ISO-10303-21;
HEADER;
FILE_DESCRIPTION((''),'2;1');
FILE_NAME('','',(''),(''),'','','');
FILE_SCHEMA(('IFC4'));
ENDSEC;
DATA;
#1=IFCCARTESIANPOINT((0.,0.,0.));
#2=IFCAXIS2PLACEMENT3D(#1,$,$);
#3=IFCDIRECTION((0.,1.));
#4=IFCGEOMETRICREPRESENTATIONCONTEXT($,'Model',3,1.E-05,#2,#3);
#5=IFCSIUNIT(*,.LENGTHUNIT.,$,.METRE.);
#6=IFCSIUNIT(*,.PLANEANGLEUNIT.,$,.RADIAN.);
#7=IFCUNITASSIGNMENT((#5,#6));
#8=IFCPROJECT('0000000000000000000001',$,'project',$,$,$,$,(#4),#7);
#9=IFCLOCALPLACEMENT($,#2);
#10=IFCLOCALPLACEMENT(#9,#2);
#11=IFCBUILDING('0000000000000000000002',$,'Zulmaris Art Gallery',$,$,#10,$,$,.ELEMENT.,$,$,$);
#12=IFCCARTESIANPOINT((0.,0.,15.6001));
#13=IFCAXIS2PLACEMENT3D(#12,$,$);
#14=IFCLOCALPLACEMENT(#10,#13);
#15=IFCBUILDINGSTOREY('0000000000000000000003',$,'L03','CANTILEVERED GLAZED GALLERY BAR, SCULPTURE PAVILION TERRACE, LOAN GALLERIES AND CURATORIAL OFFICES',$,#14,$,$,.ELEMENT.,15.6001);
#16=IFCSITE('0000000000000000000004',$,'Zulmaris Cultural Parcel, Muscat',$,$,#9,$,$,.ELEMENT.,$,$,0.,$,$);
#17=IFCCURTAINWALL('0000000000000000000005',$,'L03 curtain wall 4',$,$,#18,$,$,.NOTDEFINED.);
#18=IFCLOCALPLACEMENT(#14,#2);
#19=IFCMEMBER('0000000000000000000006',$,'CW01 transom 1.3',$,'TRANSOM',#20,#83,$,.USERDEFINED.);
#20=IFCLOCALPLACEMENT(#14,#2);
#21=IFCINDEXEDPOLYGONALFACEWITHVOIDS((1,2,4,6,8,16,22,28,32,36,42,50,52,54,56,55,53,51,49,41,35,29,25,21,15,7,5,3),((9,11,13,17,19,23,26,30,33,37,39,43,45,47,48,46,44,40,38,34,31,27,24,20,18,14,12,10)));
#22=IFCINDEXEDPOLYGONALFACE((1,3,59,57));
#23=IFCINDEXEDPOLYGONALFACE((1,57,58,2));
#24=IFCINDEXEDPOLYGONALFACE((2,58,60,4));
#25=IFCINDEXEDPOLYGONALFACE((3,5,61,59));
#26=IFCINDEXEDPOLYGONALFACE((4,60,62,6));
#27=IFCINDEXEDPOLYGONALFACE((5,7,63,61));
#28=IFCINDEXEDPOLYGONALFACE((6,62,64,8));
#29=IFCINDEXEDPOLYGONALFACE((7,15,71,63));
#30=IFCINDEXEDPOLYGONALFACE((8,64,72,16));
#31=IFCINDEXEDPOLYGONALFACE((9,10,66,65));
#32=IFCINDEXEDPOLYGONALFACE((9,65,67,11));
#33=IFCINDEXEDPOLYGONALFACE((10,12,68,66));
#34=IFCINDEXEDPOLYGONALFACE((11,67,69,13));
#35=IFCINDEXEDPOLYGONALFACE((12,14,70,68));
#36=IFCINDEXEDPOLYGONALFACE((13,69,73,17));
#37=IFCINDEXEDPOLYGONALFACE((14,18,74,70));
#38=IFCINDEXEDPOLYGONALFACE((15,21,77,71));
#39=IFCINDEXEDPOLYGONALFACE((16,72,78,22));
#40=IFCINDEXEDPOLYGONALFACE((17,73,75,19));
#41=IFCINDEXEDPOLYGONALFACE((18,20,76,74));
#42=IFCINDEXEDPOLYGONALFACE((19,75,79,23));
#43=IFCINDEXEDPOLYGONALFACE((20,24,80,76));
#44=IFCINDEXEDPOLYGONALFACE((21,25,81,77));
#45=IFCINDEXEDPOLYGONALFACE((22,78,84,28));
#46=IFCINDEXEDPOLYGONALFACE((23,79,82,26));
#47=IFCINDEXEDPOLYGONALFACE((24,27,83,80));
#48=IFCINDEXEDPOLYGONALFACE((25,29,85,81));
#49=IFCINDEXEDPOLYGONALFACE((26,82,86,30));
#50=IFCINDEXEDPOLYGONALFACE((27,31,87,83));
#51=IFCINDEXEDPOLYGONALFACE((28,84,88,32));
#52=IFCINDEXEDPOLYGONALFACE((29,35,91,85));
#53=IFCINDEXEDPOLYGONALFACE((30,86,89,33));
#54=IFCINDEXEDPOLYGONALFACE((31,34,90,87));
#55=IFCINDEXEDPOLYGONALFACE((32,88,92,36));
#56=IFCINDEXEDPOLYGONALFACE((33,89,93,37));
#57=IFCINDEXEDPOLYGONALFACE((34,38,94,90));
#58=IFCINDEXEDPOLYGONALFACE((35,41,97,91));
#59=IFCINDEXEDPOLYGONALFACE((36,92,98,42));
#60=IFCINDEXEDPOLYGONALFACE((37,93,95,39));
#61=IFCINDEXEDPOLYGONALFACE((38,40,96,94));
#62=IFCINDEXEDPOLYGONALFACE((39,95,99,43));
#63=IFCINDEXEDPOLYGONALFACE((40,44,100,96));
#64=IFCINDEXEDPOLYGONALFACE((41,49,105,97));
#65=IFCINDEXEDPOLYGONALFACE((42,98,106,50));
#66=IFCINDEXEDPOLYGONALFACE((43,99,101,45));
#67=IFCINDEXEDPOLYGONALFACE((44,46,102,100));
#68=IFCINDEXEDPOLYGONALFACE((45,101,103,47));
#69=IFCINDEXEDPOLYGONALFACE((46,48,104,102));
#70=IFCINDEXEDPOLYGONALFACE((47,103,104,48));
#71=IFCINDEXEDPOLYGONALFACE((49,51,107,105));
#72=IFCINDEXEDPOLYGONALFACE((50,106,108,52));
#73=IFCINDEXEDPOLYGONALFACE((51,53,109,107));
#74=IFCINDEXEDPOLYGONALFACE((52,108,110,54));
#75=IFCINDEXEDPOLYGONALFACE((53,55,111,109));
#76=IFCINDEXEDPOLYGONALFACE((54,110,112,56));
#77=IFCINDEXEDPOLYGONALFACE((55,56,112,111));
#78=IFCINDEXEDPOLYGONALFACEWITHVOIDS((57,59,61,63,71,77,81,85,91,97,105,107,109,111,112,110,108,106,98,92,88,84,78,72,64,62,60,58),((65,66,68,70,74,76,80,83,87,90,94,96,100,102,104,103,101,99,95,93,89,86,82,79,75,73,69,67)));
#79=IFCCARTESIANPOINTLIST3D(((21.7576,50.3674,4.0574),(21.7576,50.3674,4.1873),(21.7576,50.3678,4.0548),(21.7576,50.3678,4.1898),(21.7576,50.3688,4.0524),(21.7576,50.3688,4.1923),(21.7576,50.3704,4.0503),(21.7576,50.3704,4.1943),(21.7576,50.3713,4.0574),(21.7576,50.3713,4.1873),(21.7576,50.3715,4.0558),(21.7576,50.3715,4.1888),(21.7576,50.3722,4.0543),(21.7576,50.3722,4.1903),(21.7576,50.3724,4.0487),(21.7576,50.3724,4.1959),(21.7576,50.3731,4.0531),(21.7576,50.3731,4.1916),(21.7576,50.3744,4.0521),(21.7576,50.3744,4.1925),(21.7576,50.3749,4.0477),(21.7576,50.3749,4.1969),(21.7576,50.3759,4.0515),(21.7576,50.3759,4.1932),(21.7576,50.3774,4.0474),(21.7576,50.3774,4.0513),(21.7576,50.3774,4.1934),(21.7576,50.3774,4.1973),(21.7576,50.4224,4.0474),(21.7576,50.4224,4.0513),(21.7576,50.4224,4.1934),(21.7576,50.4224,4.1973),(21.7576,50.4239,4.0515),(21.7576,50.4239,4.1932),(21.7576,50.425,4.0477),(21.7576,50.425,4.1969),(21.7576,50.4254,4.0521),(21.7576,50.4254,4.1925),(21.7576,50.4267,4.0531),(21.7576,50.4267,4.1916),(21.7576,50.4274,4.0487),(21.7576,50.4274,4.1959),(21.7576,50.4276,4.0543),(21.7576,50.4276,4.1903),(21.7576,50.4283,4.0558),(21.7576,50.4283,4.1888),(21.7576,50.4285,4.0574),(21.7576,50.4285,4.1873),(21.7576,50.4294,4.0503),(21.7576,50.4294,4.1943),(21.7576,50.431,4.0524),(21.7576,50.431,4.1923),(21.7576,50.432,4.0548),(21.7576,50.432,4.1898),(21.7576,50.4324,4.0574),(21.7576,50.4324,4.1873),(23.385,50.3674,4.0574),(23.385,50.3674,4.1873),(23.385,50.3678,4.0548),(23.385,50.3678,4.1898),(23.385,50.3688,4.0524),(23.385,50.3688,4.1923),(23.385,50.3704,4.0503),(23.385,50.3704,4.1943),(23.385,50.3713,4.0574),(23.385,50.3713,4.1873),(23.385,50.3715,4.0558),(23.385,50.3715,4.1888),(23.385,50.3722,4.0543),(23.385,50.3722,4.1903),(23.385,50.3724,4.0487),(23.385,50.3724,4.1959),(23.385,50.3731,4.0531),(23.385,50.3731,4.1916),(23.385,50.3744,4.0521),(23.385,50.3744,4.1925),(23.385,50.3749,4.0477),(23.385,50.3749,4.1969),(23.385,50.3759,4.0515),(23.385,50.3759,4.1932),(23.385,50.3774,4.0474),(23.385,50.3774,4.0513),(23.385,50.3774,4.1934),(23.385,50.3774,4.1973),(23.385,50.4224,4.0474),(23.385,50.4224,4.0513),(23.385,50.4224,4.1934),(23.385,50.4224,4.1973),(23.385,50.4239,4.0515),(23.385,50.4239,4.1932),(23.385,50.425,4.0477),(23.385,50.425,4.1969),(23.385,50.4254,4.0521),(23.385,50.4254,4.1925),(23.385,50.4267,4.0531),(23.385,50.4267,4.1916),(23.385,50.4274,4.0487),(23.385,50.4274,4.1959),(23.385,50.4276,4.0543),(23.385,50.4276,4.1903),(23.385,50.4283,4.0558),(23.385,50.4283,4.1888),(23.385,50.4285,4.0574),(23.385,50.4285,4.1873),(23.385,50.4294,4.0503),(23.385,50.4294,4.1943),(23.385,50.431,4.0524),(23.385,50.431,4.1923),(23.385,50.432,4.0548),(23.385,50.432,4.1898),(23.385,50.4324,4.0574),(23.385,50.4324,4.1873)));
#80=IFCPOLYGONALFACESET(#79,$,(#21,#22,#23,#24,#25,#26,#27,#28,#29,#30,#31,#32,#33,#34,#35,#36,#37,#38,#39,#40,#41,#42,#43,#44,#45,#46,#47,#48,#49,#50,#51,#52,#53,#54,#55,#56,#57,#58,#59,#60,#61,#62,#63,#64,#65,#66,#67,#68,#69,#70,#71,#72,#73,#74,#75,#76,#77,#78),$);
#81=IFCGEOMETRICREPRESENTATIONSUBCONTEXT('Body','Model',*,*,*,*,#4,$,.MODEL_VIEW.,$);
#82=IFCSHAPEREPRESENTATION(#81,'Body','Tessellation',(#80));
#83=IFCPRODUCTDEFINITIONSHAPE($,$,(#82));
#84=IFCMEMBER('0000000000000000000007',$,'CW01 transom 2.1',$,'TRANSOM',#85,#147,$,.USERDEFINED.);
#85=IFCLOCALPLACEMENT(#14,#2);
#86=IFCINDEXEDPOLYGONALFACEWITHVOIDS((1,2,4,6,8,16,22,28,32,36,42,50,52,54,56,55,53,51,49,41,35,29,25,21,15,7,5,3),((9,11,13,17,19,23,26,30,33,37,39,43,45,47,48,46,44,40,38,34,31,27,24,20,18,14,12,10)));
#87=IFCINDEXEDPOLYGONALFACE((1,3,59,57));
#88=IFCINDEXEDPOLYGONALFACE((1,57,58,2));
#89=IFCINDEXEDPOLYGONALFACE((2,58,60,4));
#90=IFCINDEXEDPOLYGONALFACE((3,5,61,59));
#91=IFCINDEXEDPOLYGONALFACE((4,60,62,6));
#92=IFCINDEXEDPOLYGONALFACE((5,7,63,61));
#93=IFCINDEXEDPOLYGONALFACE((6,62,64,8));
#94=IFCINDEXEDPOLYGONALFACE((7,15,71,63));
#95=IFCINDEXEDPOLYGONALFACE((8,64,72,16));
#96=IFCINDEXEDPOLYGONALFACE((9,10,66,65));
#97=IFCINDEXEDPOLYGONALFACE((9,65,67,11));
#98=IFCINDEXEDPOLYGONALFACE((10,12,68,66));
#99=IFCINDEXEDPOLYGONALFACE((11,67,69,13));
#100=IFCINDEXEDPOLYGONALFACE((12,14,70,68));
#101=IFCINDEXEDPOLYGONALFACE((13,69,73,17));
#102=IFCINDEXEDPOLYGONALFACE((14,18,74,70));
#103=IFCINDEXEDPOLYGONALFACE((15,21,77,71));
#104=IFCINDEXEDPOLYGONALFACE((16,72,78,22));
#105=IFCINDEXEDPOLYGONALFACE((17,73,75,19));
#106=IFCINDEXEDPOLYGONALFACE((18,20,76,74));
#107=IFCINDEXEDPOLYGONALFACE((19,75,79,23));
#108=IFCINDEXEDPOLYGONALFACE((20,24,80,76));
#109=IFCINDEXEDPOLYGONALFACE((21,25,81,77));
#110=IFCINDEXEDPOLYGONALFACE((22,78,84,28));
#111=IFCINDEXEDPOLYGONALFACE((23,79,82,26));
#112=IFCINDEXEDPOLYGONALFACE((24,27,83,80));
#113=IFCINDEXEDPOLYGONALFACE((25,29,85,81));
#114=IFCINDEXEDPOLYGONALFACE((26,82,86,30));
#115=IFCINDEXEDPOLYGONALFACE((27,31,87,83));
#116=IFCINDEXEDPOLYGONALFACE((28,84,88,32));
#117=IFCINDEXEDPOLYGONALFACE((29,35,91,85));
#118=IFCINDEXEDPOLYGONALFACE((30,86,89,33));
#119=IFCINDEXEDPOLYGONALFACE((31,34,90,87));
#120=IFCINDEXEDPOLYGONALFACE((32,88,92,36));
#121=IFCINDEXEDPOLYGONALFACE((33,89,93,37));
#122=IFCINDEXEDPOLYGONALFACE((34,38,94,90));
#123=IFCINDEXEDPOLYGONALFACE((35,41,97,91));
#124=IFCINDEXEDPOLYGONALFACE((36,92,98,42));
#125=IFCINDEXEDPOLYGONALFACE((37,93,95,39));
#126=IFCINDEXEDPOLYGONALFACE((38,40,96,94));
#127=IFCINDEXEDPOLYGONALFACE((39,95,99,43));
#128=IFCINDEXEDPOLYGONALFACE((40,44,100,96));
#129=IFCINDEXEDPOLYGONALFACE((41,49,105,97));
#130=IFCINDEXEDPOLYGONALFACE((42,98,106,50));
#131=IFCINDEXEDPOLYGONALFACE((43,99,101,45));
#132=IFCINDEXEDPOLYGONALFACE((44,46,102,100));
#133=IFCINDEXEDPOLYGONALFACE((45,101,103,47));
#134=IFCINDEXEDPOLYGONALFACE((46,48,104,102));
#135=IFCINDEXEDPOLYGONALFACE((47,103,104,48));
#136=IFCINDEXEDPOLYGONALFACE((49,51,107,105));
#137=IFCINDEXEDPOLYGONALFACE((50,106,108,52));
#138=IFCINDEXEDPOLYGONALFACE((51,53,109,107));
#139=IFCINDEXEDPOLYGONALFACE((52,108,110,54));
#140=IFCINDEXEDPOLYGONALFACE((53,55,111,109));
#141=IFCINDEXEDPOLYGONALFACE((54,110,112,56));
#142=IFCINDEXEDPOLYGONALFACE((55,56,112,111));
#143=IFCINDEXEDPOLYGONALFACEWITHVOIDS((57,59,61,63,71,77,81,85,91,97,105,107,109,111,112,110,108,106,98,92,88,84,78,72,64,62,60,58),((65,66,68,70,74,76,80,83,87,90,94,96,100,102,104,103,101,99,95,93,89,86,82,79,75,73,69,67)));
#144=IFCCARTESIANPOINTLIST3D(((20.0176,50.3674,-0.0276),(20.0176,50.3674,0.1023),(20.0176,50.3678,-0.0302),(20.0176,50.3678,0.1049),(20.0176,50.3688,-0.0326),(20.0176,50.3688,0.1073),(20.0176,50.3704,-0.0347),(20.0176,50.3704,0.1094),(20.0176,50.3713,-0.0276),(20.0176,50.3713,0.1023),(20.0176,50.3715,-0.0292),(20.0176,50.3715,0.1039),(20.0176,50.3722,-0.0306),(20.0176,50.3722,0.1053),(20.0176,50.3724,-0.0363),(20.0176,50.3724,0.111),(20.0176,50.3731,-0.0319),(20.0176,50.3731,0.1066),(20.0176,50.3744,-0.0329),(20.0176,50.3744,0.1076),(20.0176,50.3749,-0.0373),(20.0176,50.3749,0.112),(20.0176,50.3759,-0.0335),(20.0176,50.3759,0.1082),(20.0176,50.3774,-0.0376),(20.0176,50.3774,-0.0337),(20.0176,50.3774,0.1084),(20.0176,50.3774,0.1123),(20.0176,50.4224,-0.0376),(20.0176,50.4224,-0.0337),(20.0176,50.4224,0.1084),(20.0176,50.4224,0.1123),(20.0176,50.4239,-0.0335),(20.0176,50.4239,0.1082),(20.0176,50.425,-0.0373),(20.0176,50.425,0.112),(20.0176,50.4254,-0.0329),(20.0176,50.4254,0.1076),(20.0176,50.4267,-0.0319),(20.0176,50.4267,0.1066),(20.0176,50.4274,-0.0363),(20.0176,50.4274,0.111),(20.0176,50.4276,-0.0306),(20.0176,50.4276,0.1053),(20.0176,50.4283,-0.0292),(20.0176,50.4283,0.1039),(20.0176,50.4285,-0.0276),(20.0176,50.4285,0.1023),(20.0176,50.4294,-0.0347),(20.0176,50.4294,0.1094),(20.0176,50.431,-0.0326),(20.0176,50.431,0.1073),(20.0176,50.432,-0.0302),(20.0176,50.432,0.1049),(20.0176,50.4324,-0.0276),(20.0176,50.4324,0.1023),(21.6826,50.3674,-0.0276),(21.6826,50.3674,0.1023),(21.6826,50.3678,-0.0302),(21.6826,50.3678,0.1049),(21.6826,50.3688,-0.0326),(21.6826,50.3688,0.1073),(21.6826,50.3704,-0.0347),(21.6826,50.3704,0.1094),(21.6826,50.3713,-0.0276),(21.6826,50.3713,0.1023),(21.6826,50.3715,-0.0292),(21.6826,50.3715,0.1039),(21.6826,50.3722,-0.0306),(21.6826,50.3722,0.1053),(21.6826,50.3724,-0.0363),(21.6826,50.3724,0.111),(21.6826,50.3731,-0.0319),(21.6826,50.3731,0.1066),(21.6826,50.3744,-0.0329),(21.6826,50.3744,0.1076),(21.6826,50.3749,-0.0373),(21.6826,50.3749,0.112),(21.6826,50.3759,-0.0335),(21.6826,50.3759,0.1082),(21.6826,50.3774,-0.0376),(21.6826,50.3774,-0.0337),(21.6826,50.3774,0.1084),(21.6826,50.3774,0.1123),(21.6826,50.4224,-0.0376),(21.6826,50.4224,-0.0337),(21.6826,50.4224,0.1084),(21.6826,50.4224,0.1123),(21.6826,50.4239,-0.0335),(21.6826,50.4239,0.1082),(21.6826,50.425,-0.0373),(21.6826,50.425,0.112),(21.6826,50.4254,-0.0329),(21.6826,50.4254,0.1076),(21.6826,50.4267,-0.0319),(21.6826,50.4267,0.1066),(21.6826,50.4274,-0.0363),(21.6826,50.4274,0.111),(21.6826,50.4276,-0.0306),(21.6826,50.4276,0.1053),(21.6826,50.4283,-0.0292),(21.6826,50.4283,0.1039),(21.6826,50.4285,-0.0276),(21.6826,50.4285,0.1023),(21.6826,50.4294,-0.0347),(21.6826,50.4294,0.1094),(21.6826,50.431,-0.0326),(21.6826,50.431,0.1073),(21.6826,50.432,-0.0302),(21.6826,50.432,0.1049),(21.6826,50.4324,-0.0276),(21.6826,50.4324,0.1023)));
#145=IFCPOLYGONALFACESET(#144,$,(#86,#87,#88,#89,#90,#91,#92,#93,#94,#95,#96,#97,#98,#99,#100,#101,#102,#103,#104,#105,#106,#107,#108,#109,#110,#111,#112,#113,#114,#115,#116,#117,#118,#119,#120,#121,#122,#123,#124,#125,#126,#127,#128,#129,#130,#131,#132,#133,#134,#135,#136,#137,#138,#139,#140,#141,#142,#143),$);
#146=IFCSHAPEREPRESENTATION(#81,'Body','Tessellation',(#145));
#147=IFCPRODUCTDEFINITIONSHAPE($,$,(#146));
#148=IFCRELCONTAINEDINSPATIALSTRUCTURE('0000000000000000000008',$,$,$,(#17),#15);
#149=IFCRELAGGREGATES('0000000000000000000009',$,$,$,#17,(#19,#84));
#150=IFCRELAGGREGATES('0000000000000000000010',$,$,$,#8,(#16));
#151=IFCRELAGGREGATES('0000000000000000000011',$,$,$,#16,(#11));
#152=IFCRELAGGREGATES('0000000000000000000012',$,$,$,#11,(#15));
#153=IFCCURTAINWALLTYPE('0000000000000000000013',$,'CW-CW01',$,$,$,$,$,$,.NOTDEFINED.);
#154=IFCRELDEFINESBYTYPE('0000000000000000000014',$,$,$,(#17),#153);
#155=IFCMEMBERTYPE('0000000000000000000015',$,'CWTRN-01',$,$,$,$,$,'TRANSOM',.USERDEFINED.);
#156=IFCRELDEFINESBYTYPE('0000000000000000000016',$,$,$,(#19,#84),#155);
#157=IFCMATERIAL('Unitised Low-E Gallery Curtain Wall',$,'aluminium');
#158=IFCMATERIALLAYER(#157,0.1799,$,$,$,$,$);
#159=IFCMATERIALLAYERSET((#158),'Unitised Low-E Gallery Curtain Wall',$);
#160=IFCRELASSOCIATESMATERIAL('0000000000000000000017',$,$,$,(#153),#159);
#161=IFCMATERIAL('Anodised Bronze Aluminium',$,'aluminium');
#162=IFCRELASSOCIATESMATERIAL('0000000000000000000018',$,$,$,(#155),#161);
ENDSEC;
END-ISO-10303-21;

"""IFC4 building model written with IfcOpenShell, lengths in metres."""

from ifc_helpers import new_model, si_unit, direction, frame, origin, origin_2d, place, context, subcontext, project, spatial, hollow_rectangle, extrude, material, layer, layer_set, material_profile, profile_set, type_object, element, aggregate, save


model = new_model("IFC4")

# Units and contexts
model_context = context("Model", 3, precision=1e-05, world=origin(), true_north=direction((0.0, 1.0)))
body_context = subcontext(model_context, "Body", "Model", "MODEL_VIEW")
ifc_project = project(units=[si_unit("LENGTHUNIT", "METRE"), si_unit("PLANEANGLEUNIT", "RADIAN")], contexts=[model_context])

# Site, building, storey
site_placement = place(None, origin())
site = spatial("IfcSite", under=ifc_project, at=site_placement, Name="Zulmaris Cultural Parcel, Muscat", CompositionType="ELEMENT", RefElevation=0.0)
building_placement = place(site_placement, origin())
building = spatial("IfcBuilding", under=site, at=building_placement, Name="Zulmaris Art Gallery", CompositionType="ELEMENT")
storey_placement = place(building_placement, frame((0.0, 0.0, 15.6001)))
storey = spatial("IfcBuildingStorey", under=building, at=storey_placement, Name="L03", Description="CANTILEVERED GLAZED GALLERY BAR, SCULPTURE PAVILION TERRACE, LOAN GALLERIES AND CURATORIAL OFFICES", CompositionType="ELEMENT", Elevation=15.6001)

# Curtain wall
ifc_material_1 = material(Name="Unitised Low-E Gallery Curtain Wall", Category="aluminium")
ifc_layer_1 = layer(ifc_material_1, 0.1799)
ifc_layer_set_1 = layer_set([ifc_layer_1], Name="Unitised Low-E Gallery Curtain Wall")
curtain_wall_type = type_object("IfcCurtainWallType", Name="CW-CW01", PredefinedType="NOTDEFINED", material=ifc_layer_set_1)
curtain_wall_1_placement = place(storey_placement, origin())
curtain_wall_1 = element("IfcCurtainWall", 1, at=curtain_wall_1_placement, inside=storey, type_object=curtain_wall_type, Name="L03 curtain wall 4", PredefinedType="NOTDEFINED")
ifc_material_2 = material(Name="Anodised Bronze Aluminium", Category="aluminium")

# Members
ifc_material_profile_1 = material_profile(ifc_material_2, hollow_rectangle(XDim=0.0649, YDim=0.1499, WallThickness=0.0039, InnerFilletRadius=0.0061, OuterFilletRadius=0.01, at=origin_2d()), Name="ALU 65x150x4")
ifc_profile_set_1 = profile_set([ifc_material_profile_1], Name="Anodised Bronze Aluminium")
member_type_1 = type_object("IfcMemberType", Name="CWTRN-01", ElementType="TRANSOM", PredefinedType="USERDEFINED", material=ifc_profile_set_1)
member_1_placement = place(storey_placement, frame((23.385, 50.3999, 4.1223), z_axis=(-1.0, 0.0, 0.0), x_axis=(0.0, -1.0, 0.0)))
member_1 = element("IfcMember", 2, at=member_1_placement, type_object=member_type_1, Name="CW01 transom 1.3", ObjectType="TRANSOM", PredefinedType="USERDEFINED", context=body_context, shape_type="SweptSolid", body=[
    extrude(hollow_rectangle(XDim=0.0649, YDim=0.1499, WallThickness=0.0039, InnerFilletRadius=0.0061, OuterFilletRadius=0.01, at=origin_2d()), origin(), (0.0, 0.0, 1.0), 1.6274),
])
member_2_placement = place(storey_placement, frame((21.6826, 50.3999, 0.0374), z_axis=(-1.0, 0.0, 0.0), x_axis=(0.0, -1.0, 0.0)))
member_2 = element("IfcMember", 3, at=member_2_placement, type_object=member_type_1, Name="CW01 transom 2.1", ObjectType="TRANSOM", PredefinedType="USERDEFINED", context=body_context, shape_type="SweptSolid", body=[
    extrude(hollow_rectangle(XDim=0.0649, YDim=0.1499, WallThickness=0.0039, InnerFilletRadius=0.0061, OuterFilletRadius=0.01, at=origin_2d()), origin(), (0.0, 0.0, 1.0), 1.665),
])

aggregate(curtain_wall_1, [member_1, member_2])

save(model, "model.ifc")
